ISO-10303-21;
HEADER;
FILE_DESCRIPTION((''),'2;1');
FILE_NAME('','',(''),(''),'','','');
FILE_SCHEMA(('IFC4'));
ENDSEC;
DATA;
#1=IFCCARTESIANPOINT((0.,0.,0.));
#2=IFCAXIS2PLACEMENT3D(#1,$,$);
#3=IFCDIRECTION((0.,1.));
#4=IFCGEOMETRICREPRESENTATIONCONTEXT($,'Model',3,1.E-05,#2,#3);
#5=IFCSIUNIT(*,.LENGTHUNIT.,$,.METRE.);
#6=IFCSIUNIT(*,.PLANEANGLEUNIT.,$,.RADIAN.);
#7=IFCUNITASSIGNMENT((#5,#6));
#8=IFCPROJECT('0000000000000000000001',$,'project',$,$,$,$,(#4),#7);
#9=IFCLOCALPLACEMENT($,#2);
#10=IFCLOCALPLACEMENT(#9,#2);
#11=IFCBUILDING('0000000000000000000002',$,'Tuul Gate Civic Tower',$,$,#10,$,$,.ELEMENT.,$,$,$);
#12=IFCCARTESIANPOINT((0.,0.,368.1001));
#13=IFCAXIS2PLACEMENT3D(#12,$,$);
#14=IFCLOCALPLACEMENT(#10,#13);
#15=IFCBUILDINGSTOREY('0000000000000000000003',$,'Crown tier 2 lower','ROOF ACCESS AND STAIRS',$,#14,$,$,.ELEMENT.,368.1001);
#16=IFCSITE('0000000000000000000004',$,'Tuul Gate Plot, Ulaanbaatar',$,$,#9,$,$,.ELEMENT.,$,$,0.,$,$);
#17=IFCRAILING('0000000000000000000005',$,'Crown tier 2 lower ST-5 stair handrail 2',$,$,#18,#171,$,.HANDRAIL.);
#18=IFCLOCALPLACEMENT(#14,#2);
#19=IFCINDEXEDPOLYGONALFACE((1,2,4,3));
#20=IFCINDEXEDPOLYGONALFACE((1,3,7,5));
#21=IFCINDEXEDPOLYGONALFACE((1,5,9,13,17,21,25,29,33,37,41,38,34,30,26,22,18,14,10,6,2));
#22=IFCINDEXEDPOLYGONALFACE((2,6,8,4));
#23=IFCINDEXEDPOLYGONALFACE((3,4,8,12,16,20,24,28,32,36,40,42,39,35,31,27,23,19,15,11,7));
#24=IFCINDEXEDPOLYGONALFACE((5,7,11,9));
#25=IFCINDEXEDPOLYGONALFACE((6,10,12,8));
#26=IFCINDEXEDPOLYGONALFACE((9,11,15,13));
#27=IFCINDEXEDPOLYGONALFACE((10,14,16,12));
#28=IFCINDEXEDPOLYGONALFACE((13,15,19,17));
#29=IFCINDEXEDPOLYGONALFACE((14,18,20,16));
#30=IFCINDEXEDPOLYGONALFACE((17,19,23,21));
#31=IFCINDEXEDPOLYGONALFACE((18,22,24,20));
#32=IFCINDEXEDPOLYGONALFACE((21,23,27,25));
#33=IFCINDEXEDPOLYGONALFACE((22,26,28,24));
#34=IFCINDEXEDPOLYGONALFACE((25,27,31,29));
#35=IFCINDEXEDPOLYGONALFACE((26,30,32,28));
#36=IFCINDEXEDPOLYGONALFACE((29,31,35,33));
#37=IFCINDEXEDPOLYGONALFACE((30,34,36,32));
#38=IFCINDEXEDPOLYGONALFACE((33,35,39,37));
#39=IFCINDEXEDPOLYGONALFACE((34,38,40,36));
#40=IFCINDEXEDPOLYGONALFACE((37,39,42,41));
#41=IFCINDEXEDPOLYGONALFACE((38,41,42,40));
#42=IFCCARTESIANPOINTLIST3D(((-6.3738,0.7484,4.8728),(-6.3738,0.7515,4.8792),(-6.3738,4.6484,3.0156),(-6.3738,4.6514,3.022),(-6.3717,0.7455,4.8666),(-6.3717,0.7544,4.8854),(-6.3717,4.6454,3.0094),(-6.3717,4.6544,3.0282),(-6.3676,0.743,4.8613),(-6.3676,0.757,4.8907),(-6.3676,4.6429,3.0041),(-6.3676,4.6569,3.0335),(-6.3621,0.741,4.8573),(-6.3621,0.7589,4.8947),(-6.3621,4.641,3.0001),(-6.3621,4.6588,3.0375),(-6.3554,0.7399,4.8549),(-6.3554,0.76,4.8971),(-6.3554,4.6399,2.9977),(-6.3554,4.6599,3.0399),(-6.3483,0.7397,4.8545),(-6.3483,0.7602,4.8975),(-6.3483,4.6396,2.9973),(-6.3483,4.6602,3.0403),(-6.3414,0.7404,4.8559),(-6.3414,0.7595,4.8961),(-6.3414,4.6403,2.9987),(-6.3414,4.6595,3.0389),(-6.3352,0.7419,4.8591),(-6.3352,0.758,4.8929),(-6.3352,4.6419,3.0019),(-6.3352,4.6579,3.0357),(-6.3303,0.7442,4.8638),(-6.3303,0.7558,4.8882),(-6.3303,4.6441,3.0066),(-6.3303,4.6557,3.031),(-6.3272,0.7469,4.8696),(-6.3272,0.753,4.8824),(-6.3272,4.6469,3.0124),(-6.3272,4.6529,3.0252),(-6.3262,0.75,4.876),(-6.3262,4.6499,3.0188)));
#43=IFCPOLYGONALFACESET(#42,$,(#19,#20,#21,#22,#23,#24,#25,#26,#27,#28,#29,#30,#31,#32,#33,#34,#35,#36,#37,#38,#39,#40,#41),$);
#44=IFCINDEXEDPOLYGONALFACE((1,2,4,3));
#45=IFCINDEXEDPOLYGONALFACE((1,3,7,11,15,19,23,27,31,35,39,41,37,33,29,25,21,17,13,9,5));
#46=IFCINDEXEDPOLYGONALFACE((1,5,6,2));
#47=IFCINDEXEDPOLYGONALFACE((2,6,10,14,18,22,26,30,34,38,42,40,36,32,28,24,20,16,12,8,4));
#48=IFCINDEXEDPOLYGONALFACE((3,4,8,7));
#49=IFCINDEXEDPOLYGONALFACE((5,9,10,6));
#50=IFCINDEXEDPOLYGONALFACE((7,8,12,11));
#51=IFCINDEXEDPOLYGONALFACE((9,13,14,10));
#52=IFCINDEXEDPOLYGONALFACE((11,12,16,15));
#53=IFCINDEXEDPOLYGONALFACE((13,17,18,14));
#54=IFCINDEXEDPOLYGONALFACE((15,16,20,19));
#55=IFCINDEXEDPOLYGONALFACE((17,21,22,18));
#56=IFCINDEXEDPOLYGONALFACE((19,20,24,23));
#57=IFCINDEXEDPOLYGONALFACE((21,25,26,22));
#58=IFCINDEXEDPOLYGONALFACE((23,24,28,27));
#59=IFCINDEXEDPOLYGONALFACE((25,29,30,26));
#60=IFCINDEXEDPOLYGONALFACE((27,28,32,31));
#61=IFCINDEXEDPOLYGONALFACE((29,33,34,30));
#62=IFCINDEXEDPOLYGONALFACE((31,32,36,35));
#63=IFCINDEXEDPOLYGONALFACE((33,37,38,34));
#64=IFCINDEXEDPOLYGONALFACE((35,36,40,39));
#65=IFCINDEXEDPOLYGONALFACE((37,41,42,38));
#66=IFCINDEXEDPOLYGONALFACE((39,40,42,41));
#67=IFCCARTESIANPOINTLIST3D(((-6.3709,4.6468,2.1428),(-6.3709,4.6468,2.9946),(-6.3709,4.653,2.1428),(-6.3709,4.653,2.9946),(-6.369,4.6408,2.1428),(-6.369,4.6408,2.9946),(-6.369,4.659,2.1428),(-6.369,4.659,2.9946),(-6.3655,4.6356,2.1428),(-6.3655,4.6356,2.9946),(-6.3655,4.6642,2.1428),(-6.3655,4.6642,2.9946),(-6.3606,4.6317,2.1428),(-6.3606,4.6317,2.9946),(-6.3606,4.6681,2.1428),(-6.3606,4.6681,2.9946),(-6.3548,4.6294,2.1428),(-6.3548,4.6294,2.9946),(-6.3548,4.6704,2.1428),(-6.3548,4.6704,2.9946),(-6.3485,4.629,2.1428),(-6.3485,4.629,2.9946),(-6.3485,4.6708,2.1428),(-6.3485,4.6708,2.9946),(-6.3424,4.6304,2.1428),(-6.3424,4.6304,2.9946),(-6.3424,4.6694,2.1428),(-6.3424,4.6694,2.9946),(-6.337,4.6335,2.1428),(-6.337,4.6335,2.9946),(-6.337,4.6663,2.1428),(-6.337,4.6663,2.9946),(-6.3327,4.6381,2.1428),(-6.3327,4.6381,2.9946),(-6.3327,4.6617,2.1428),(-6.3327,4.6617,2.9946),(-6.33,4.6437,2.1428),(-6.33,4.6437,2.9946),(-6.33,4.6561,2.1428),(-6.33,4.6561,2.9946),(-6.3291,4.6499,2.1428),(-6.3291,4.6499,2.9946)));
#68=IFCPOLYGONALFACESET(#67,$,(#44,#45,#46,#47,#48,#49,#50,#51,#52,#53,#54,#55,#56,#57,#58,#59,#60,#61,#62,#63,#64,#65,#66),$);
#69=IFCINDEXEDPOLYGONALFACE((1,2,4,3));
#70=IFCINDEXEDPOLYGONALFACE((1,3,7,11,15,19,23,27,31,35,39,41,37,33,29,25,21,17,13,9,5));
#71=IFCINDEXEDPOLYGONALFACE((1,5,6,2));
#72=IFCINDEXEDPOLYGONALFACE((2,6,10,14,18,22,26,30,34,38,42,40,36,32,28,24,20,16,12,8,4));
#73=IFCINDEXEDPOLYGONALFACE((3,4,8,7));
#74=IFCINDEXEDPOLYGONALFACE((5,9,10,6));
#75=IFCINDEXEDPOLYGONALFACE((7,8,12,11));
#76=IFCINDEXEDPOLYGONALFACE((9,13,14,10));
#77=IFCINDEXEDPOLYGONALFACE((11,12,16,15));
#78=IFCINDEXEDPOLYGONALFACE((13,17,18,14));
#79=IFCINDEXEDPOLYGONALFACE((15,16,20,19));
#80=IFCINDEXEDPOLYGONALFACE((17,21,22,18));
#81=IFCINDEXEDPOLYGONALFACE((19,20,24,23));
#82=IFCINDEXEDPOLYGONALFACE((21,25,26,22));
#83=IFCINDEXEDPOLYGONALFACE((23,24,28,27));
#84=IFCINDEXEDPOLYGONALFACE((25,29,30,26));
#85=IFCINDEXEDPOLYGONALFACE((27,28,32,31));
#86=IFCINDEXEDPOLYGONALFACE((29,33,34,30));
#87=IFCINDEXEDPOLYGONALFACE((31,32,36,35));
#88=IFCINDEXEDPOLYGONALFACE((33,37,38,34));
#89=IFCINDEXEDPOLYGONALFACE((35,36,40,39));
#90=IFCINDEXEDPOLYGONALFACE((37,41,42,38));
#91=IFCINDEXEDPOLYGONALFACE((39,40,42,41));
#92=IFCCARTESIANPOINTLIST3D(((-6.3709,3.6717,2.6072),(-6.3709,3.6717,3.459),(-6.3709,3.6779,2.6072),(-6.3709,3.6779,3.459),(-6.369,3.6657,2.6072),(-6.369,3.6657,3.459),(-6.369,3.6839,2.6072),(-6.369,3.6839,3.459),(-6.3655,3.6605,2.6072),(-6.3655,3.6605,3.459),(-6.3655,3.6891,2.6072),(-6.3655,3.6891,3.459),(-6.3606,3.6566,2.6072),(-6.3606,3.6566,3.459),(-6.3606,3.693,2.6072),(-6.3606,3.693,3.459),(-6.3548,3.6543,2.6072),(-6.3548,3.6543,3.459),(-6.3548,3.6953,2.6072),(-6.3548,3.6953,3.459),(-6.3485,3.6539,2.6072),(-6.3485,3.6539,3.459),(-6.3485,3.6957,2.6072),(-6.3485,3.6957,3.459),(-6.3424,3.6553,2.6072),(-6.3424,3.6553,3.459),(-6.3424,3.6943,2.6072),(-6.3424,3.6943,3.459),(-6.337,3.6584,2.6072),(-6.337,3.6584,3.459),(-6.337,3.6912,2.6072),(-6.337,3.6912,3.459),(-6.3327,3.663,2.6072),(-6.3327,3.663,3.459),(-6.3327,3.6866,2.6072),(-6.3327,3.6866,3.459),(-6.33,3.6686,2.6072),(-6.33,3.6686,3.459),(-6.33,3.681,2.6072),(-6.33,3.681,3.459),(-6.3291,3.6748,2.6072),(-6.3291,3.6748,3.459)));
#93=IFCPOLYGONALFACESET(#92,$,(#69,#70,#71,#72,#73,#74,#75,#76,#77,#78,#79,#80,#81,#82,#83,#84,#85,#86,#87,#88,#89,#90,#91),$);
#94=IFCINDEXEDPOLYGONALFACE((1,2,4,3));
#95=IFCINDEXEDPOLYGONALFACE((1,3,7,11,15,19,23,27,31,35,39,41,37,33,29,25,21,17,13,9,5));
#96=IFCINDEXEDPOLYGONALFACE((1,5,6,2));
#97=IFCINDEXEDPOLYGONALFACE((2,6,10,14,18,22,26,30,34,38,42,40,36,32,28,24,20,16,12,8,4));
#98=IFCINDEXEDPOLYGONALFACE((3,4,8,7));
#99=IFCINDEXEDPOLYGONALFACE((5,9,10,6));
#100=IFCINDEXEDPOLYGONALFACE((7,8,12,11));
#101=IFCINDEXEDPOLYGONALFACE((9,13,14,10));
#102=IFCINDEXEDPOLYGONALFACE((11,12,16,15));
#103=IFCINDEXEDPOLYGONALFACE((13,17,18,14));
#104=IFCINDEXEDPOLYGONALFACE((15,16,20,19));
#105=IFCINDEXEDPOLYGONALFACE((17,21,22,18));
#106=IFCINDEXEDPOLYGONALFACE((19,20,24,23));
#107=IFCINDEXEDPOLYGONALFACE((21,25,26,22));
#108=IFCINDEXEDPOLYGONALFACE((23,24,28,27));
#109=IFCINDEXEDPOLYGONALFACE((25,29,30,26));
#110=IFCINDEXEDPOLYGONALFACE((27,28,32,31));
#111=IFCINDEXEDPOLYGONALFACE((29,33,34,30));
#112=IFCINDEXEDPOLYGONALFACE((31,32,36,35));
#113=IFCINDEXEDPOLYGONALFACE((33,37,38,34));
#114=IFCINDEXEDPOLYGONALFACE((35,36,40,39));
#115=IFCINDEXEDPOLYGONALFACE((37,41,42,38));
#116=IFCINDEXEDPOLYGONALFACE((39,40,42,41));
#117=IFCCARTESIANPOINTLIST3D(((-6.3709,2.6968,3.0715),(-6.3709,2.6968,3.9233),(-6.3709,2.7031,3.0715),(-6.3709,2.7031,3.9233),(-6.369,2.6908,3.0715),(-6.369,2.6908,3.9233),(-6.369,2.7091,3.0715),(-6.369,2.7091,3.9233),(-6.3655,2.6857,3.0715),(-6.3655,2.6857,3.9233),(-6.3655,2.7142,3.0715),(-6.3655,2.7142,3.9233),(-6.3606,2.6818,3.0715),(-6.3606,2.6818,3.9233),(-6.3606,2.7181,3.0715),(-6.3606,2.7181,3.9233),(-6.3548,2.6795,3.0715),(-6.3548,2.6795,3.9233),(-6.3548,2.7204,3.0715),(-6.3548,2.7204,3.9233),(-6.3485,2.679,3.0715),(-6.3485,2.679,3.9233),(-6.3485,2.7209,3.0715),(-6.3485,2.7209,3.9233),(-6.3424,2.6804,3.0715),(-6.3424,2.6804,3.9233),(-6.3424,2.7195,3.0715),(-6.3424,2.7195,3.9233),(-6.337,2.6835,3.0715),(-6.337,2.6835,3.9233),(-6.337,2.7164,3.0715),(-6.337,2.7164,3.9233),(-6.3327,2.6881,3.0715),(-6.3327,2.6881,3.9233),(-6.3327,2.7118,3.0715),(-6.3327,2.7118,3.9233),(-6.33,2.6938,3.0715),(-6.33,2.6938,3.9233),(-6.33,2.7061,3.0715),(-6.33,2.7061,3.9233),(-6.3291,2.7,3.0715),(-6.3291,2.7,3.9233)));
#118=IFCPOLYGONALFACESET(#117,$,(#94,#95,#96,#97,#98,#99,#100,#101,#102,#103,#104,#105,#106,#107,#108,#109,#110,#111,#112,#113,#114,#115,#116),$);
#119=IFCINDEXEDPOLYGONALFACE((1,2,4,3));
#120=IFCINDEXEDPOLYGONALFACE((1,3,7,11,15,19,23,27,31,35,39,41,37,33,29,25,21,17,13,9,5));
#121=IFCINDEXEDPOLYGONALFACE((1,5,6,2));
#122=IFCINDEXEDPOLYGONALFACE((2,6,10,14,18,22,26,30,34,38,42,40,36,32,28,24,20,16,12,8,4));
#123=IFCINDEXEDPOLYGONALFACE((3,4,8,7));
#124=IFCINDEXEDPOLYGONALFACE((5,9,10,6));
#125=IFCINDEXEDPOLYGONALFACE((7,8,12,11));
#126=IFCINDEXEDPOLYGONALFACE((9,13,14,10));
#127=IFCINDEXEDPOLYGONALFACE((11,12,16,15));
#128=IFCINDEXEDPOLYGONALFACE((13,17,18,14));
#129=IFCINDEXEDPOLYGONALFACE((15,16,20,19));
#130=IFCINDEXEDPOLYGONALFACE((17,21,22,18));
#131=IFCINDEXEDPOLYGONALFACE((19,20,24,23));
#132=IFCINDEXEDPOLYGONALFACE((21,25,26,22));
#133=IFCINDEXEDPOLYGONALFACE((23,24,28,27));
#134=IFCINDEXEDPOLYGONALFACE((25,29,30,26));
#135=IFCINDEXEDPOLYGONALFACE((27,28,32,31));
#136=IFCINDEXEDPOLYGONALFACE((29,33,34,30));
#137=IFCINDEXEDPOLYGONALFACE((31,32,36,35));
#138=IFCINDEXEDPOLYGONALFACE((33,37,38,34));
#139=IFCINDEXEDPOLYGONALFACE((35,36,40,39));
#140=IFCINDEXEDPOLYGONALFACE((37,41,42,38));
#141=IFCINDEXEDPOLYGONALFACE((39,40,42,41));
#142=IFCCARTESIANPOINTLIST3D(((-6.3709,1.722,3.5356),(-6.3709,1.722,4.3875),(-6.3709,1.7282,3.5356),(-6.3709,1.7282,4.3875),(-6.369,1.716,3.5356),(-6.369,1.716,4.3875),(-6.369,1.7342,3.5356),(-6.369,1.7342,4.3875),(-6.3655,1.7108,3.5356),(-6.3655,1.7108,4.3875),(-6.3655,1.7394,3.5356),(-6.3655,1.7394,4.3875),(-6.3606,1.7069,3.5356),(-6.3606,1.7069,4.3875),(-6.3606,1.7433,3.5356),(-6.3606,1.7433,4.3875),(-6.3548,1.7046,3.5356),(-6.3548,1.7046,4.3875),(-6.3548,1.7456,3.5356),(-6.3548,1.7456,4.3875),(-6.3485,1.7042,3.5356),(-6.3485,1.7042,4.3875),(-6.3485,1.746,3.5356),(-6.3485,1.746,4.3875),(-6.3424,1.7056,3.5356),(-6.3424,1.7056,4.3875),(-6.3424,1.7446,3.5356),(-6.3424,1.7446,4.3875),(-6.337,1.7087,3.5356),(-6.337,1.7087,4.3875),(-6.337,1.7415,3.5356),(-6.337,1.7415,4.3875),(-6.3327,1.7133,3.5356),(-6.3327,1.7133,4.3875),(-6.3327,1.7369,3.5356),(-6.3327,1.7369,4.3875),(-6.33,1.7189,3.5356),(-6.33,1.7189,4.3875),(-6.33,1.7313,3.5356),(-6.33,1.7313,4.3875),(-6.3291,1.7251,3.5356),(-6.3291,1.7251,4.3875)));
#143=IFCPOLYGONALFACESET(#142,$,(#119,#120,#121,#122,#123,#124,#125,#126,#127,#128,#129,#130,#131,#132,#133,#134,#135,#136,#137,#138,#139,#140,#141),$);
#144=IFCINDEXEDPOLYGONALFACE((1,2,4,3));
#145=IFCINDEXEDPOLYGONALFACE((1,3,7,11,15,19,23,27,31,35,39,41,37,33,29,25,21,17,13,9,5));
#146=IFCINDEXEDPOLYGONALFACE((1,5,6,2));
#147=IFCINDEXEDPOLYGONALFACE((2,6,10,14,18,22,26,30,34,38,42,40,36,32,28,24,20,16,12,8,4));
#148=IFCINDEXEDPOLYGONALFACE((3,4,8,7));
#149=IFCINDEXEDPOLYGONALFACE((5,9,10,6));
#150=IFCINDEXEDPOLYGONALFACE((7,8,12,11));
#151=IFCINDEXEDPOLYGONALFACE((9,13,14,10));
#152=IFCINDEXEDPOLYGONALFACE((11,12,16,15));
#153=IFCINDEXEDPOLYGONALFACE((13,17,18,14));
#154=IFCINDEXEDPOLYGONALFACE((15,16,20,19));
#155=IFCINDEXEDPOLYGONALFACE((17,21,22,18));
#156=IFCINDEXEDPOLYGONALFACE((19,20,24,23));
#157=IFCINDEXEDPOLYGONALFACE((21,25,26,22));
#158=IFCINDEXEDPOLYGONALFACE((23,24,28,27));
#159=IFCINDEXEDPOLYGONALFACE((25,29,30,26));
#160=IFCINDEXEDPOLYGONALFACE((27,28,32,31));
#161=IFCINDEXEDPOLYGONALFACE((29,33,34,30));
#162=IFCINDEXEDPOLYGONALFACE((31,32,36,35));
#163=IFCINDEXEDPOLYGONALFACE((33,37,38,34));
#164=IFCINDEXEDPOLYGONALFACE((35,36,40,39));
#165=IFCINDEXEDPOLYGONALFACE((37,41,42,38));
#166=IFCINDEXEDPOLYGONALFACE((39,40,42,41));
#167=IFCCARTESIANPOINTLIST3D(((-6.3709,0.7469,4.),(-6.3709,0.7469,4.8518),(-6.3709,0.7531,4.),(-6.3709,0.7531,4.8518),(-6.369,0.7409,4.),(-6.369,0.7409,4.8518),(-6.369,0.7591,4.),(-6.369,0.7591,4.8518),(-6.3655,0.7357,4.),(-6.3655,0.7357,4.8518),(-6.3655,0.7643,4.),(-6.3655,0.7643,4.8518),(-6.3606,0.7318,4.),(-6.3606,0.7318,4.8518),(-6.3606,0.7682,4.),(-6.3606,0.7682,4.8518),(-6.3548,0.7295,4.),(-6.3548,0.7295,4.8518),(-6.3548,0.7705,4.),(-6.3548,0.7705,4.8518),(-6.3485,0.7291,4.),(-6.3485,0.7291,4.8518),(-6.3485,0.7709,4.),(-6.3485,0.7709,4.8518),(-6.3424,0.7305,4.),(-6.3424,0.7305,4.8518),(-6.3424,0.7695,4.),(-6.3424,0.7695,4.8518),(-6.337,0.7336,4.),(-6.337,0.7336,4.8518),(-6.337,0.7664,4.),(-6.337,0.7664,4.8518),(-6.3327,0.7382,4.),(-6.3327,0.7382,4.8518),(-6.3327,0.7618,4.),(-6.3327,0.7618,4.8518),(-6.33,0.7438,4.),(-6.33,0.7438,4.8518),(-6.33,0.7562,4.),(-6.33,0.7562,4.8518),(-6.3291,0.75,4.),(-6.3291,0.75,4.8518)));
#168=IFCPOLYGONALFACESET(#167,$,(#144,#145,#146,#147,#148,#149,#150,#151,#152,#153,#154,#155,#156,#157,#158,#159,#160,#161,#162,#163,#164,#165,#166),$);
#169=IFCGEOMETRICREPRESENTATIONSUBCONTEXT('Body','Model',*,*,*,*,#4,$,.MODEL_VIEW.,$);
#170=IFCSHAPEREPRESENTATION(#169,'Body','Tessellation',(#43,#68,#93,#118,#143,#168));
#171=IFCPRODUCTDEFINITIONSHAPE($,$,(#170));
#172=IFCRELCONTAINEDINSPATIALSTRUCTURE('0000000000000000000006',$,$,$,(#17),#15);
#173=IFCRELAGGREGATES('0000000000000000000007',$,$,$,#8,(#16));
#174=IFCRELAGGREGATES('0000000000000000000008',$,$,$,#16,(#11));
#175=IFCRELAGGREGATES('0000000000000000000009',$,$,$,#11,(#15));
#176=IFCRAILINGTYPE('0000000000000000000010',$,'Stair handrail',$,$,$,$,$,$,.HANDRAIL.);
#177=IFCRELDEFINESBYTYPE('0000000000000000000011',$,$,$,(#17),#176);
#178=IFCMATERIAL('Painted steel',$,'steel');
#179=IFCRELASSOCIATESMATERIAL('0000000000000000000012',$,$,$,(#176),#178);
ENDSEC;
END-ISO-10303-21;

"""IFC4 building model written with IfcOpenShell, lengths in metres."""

from ifc_helpers import new_model, si_unit, direction, frame, origin, origin_2d, place, context, subcontext, project, spatial, circle, extrude, material, type_object, element, save


model = new_model("IFC4")

# Units and contexts
model_context = context("Model", 3, precision=1e-05, world=origin(), true_north=direction((0.0, 1.0)))
body_context = subcontext(model_context, "Body", "Model", "MODEL_VIEW")
ifc_project = project(units=[si_unit("LENGTHUNIT", "METRE"), si_unit("PLANEANGLEUNIT", "RADIAN")], contexts=[model_context])

# Site, building, storey
site_placement = place(None, origin())
site = spatial("IfcSite", under=ifc_project, at=site_placement, Name="Tuul Gate Plot, Ulaanbaatar", CompositionType="ELEMENT", RefElevation=0.0)
building_placement = place(site_placement, origin())
building = spatial("IfcBuilding", under=site, at=building_placement, Name="Tuul Gate Civic Tower", CompositionType="ELEMENT")
storey_placement = place(building_placement, frame((0.0, 0.0, 368.1001)))
storey = spatial("IfcBuildingStorey", under=building, at=storey_placement, Name="Crown tier 2 lower", Description="ROOF ACCESS AND STAIRS", CompositionType="ELEMENT", Elevation=368.1001)

# Railing
ifc_material_1 = material(Name="Painted steel", Category="steel")
railing_type_1 = type_object("IfcRailingType", Name="Stair handrail", PredefinedType="HANDRAIL", material=ifc_material_1)
railing_1_placement = place(storey_placement, frame((-6.3501, 4.6499, 2.1428)))
element("IfcRailing", 1, at=railing_1_placement, inside=storey, type_object=railing_type_1, Name="Crown tier 2 lower ST-5 stair handrail 2", PredefinedType="HANDRAIL", context=body_context, shape_type="SweptSolid", body=[
    extrude(circle(Radius=0.0239, at=origin_2d()), frame((0.0, 0.0, 0.876), z_axis=(0.0, -0.902853, 0.429949), x_axis=(1.0, 0.0, 0.0)), (0.0, 0.0, 1.0), 4.3196),
    extrude(circle(Radius=0.021, at=origin_2d()), origin(), (0.0, 0.0, 1.0), 0.8518),
    extrude(circle(Radius=0.021, at=origin_2d()), frame((0.0, -0.9751, 0.4644)), (0.0, 0.0, 1.0), 0.8518),
    extrude(circle(Radius=0.021, at=origin_2d()), frame((0.0, -1.95, 0.9287)), (0.0, 0.0, 1.0), 0.8518),
    extrude(circle(Radius=0.021, at=origin_2d()), frame((0.0, -2.9248, 1.3928)), (0.0, 0.0, 1.0), 0.8518),
    extrude(circle(Radius=0.021, at=origin_2d()), frame((0.0, -3.8999, 1.8572)), (0.0, 0.0, 1.0), 0.8518),
])

save(model, "model.ifc")
